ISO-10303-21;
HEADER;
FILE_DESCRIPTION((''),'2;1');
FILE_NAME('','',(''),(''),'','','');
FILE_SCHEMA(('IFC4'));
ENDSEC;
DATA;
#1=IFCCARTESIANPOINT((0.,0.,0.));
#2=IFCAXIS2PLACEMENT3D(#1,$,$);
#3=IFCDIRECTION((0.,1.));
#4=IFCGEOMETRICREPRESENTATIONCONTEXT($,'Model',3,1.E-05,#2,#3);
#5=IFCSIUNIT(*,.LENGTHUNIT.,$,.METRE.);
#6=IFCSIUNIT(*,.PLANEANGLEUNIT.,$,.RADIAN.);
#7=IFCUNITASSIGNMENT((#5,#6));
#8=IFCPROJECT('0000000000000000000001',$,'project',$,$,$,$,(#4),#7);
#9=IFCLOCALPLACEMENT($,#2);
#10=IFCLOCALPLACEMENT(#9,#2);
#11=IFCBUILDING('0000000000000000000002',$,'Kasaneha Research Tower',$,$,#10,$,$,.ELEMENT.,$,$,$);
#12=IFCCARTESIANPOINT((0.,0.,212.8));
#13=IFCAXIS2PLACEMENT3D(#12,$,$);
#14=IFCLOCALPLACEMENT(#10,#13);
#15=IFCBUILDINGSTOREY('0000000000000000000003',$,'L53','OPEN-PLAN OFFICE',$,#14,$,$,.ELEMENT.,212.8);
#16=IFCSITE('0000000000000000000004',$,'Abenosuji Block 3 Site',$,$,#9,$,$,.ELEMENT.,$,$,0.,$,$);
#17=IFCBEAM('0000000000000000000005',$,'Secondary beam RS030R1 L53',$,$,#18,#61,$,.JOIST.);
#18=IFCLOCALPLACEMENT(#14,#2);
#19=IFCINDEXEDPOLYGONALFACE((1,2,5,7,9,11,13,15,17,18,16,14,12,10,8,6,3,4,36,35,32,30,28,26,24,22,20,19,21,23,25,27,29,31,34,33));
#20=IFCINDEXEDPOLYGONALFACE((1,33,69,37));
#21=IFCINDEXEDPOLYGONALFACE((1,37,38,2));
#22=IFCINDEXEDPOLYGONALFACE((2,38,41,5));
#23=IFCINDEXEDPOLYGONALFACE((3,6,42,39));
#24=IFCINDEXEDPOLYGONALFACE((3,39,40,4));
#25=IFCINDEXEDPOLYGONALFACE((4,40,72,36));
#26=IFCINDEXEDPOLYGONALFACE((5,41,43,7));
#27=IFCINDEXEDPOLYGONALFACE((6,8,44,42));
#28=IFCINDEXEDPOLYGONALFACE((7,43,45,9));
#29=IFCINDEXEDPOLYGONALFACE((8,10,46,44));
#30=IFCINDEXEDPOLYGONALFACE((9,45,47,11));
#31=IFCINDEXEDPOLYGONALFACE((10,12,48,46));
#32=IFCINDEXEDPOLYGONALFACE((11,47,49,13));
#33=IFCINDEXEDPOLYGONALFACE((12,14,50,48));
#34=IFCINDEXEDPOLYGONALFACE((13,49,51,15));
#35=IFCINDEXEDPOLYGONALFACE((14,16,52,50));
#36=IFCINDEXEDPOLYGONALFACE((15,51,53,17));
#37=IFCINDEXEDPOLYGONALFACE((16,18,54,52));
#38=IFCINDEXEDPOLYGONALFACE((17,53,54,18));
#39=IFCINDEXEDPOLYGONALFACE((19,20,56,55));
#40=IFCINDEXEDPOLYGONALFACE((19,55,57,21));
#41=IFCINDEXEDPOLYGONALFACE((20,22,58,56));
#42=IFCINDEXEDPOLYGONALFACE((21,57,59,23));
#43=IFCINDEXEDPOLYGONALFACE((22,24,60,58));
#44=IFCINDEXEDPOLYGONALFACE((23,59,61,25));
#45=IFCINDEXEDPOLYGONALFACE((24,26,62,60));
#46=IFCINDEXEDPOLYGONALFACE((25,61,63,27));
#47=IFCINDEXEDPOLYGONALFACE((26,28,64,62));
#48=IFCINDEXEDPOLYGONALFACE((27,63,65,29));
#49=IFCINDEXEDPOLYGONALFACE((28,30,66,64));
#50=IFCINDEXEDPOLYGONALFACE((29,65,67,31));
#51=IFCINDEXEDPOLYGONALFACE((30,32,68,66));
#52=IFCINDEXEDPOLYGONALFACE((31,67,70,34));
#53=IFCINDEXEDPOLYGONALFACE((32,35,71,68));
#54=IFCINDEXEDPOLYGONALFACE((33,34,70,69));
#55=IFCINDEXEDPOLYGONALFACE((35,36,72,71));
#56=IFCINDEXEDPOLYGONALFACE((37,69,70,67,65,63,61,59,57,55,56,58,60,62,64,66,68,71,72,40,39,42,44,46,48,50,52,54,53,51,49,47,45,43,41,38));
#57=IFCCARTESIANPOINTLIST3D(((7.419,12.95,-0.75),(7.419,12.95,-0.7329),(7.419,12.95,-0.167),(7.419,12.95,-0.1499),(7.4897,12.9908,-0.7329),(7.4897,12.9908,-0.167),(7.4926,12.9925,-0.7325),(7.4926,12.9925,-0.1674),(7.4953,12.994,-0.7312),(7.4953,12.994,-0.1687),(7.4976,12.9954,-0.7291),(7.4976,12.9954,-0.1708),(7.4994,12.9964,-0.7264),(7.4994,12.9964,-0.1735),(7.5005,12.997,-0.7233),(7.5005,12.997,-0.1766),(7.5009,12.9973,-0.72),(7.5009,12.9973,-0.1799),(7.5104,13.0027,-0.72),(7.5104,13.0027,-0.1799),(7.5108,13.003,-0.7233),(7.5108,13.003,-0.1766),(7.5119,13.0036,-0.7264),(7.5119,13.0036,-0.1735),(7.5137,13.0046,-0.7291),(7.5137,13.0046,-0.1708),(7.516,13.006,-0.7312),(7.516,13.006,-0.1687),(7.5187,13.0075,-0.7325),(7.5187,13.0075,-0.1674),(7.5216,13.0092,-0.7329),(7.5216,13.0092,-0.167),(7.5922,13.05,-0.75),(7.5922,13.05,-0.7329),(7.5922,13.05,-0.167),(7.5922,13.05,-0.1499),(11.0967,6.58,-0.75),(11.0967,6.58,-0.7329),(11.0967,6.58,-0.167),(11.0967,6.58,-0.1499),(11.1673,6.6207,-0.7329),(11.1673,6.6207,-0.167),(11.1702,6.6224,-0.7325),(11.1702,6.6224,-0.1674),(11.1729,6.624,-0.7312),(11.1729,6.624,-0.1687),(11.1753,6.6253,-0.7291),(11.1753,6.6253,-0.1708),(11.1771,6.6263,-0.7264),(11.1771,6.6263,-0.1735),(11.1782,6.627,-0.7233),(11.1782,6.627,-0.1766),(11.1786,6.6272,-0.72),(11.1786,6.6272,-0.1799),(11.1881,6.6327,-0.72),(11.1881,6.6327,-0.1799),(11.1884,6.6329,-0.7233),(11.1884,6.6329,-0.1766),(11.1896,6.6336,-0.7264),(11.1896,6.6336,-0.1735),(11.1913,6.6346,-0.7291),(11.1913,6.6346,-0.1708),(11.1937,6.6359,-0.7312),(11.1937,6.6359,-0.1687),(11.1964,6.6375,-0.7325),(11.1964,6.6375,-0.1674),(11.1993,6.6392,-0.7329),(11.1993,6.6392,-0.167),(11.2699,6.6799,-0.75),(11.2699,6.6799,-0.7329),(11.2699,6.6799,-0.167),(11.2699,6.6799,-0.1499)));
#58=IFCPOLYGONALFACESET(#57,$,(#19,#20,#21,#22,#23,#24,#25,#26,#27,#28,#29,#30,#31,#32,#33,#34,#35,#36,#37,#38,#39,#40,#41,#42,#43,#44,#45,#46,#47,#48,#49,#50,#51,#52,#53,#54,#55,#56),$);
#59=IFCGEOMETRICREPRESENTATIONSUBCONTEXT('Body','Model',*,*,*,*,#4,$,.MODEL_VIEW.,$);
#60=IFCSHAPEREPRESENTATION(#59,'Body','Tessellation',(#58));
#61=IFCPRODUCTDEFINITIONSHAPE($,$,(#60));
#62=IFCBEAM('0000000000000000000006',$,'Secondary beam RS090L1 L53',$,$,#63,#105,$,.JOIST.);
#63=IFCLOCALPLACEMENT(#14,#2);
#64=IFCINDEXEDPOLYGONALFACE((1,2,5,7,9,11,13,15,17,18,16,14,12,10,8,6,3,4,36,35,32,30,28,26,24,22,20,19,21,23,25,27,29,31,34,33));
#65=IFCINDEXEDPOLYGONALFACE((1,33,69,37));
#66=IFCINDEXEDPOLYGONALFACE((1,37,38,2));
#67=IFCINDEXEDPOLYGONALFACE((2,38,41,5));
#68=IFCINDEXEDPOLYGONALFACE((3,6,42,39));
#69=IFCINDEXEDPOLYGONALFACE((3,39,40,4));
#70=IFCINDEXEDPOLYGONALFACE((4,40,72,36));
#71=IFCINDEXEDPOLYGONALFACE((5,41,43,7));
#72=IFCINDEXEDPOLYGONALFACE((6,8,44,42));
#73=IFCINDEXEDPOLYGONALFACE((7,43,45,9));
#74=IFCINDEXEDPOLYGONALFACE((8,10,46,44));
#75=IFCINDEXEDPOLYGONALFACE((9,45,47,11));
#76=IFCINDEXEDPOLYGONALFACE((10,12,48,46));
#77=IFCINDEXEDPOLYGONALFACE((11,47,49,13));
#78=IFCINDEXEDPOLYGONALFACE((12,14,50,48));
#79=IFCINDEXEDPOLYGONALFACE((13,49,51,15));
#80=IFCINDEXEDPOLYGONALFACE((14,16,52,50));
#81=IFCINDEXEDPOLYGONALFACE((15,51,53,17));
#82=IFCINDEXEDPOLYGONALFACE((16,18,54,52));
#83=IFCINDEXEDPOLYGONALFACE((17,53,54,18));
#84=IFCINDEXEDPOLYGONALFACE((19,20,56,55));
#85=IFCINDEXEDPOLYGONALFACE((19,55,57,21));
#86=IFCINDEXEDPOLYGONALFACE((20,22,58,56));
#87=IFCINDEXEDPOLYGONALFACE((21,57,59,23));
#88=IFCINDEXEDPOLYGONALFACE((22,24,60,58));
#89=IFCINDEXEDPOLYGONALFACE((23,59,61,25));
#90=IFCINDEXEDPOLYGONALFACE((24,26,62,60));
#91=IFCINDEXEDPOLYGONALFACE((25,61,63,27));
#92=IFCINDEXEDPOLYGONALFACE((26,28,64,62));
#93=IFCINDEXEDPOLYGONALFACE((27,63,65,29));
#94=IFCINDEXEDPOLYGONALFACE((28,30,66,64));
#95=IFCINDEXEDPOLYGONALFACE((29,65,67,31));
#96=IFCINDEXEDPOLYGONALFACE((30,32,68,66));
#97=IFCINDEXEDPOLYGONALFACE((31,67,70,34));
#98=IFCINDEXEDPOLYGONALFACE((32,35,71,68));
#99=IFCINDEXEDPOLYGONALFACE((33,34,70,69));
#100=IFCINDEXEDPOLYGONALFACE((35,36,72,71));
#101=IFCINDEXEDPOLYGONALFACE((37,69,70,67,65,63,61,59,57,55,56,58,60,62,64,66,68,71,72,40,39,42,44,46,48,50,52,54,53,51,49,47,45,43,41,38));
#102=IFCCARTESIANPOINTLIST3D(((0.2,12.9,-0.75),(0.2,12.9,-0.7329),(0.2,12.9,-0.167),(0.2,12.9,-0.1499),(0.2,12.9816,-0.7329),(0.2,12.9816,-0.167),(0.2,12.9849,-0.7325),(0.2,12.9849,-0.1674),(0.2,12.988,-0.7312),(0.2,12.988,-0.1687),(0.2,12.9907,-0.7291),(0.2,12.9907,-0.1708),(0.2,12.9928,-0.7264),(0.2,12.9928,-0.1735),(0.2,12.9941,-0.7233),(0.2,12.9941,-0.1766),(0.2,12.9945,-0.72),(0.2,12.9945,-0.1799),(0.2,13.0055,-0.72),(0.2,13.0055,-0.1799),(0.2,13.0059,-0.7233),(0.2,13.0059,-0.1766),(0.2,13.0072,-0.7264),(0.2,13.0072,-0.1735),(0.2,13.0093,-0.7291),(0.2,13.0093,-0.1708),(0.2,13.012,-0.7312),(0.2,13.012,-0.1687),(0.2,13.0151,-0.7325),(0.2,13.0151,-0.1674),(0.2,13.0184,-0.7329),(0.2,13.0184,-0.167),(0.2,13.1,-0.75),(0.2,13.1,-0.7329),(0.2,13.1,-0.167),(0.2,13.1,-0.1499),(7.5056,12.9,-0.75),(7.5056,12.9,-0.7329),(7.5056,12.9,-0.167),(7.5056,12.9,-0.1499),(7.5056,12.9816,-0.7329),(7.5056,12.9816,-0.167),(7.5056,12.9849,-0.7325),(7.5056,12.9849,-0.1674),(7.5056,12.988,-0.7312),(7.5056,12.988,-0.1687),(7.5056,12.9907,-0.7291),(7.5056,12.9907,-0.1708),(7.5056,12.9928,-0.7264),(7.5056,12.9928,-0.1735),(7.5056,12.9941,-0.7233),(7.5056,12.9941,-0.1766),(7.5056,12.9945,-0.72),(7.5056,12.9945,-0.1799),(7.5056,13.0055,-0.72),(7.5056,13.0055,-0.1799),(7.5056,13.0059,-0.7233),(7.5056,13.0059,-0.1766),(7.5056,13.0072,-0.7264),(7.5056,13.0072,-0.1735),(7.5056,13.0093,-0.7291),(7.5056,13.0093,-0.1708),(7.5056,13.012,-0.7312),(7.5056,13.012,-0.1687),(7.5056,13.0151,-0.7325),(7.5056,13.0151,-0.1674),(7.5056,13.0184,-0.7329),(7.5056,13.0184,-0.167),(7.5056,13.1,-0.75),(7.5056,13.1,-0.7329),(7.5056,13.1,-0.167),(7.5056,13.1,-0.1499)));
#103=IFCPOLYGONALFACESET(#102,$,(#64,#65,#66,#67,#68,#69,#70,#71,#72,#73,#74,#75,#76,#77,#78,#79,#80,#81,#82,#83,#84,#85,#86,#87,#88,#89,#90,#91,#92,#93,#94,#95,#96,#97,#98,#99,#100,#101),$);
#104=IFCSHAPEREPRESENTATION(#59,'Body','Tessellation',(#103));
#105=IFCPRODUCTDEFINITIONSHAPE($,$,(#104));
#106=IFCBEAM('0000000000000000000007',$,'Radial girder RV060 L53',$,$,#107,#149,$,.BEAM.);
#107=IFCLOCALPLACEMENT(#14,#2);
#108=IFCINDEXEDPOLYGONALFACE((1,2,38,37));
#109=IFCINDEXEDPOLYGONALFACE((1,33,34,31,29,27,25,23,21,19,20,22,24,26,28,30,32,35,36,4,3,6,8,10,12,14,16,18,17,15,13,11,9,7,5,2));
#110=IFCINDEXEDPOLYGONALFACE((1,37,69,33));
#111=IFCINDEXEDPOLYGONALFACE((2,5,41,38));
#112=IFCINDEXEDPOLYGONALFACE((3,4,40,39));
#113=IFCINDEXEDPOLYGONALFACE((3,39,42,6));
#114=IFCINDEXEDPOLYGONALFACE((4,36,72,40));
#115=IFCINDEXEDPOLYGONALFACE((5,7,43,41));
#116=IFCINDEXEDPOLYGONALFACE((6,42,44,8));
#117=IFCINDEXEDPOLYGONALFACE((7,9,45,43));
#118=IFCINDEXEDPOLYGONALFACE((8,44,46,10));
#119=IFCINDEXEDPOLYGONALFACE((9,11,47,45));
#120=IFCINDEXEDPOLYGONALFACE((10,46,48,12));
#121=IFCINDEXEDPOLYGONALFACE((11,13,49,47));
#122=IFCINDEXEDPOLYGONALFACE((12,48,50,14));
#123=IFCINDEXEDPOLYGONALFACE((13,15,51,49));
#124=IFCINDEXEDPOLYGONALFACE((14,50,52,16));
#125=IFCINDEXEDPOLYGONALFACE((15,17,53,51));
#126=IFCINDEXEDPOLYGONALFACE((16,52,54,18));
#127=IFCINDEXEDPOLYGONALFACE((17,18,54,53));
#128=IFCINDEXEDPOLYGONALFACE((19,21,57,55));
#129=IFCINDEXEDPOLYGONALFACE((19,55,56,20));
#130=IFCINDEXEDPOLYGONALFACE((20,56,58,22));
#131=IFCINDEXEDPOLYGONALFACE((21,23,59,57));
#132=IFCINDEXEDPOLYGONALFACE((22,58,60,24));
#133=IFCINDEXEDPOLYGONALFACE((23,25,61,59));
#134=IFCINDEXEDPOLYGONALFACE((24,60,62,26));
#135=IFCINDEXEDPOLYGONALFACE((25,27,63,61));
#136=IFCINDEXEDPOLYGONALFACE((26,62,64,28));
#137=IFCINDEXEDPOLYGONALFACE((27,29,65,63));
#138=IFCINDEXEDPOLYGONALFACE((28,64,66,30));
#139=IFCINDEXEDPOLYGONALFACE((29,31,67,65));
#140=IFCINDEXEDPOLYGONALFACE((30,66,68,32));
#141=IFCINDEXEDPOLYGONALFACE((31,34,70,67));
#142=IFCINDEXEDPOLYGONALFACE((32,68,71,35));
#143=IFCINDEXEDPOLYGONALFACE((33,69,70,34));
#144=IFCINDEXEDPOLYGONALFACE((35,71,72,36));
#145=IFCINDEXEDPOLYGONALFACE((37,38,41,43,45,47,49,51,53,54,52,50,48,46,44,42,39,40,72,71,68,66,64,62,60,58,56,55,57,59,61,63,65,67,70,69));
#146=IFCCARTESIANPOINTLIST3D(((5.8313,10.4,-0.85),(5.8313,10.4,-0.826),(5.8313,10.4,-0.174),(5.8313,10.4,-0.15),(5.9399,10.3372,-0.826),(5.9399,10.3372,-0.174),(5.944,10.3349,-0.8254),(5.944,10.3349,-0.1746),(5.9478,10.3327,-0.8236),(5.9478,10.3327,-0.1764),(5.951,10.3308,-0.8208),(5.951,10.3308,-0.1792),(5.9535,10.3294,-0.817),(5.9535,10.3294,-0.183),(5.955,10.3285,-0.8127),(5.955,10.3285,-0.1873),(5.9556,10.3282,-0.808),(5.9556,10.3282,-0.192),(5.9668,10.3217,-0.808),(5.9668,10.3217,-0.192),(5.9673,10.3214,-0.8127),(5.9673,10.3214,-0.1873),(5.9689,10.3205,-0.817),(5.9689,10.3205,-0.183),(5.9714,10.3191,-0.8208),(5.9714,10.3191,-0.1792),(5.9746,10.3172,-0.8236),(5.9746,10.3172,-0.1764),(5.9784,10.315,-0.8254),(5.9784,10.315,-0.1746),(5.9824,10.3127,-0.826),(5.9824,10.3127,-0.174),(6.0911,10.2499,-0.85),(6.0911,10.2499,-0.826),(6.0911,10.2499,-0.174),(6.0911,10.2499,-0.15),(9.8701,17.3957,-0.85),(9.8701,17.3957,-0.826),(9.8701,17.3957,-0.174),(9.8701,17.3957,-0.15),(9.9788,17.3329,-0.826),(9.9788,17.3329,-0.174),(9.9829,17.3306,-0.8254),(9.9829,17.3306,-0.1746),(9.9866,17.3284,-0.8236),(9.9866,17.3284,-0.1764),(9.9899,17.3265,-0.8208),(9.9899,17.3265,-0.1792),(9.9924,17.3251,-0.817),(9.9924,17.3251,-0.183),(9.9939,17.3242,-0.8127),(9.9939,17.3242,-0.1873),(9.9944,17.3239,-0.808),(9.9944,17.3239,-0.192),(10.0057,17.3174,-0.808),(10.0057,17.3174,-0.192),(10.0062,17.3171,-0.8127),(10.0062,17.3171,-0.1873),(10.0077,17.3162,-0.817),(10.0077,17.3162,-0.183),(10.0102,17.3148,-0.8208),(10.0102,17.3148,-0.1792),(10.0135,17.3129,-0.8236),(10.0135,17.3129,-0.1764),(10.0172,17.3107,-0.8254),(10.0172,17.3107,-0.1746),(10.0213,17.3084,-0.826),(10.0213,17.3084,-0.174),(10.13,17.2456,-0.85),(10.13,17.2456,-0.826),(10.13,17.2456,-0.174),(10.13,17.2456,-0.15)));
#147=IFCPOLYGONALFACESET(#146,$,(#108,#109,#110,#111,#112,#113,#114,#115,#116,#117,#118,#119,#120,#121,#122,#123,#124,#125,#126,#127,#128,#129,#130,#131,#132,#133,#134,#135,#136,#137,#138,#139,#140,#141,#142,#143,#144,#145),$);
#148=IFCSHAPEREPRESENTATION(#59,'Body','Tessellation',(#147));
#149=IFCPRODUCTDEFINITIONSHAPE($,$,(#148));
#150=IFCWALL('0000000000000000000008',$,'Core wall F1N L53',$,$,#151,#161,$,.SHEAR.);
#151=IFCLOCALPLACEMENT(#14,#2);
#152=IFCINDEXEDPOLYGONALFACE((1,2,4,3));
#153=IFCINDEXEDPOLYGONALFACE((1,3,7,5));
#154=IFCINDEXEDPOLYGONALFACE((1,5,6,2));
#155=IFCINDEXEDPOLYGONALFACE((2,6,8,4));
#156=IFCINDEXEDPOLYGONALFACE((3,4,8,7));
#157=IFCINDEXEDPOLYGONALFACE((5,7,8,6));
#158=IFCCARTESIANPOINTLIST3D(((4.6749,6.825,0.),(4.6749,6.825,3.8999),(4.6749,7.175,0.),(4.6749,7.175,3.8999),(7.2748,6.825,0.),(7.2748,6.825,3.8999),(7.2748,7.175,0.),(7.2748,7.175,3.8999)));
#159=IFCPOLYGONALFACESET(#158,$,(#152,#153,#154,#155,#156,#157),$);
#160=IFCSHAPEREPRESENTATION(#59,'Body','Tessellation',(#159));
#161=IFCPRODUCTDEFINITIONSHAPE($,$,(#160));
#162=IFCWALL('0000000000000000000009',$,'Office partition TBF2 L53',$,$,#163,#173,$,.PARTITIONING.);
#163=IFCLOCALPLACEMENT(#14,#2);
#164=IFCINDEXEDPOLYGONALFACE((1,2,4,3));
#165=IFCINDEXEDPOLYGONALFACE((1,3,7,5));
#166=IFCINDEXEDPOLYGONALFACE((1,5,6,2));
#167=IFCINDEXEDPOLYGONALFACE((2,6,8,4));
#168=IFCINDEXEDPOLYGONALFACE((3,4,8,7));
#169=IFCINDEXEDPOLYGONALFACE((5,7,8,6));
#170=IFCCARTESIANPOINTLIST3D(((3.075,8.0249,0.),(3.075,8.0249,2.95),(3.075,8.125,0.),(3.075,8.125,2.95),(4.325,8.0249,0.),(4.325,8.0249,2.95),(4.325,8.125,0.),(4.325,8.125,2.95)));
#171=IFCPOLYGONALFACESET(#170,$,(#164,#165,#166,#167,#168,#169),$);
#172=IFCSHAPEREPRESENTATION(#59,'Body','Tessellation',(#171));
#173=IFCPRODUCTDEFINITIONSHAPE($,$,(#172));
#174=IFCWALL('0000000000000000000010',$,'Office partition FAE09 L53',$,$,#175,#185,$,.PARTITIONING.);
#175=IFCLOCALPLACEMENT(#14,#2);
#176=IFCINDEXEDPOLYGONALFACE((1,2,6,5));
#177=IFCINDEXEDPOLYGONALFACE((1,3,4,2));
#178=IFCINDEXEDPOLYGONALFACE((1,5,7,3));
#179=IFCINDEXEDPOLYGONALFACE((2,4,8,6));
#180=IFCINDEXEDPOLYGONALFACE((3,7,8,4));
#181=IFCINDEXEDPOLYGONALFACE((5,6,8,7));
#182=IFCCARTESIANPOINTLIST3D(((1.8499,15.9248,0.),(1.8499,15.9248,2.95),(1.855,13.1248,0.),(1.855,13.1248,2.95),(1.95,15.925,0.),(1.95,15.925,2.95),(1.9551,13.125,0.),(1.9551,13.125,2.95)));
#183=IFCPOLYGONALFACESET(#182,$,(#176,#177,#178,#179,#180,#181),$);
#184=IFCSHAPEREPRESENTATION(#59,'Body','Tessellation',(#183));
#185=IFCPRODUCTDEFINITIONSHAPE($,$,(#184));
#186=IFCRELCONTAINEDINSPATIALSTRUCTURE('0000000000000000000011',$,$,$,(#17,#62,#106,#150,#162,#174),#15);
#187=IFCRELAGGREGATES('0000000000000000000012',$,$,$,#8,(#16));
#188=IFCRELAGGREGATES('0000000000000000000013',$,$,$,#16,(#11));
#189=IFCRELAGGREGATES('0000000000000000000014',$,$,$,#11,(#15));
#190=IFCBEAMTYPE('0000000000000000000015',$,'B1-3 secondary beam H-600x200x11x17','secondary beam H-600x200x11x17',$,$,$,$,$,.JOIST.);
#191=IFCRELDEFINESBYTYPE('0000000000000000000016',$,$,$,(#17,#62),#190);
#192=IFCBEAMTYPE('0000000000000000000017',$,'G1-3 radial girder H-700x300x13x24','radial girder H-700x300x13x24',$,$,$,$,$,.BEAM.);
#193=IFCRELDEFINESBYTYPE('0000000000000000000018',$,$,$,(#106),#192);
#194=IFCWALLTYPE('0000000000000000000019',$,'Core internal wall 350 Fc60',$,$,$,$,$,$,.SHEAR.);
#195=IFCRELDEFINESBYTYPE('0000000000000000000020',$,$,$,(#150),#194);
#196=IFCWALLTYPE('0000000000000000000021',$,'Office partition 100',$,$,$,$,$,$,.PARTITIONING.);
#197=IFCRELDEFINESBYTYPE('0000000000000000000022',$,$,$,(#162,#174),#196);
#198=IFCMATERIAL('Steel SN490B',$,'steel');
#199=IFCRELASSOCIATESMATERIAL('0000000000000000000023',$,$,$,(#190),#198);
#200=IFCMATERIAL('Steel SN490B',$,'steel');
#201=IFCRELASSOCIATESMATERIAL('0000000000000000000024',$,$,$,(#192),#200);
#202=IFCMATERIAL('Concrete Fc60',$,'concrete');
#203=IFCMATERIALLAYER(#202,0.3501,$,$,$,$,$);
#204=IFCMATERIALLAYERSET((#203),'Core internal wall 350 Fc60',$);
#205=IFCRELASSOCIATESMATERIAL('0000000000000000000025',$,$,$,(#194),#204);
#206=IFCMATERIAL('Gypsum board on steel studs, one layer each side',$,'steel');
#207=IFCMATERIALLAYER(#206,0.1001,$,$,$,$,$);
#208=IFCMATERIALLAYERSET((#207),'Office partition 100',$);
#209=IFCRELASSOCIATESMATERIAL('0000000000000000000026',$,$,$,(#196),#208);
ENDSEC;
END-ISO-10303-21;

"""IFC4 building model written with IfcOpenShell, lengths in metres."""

from ifc_helpers import new_model, si_unit, direction, frame, frame_2d, origin, origin_2d, place, context, subcontext, project, spatial, rectangle, i_section, extrude, material, layer, layer_set, material_profile, profile_set, type_object, element, save


model = new_model("IFC4")

# Units and contexts
model_context = context("Model", 3, precision=1e-05, world=origin(), true_north=direction((0.0, 1.0)))
body_context = subcontext(model_context, "Body", "Model", "MODEL_VIEW")
ifc_project = project(units=[si_unit("LENGTHUNIT", "METRE"), si_unit("PLANEANGLEUNIT", "RADIAN")], contexts=[model_context])

# Site, building, storey
site_placement = place(None, origin())
site = spatial("IfcSite", under=ifc_project, at=site_placement, Name="Abenosuji Block 3 Site", CompositionType="ELEMENT", RefElevation=0.0)
building_placement = place(site_placement, origin())
building = spatial("IfcBuilding", under=site, at=building_placement, Name="Kasaneha Research Tower", CompositionType="ELEMENT")
storey_placement = place(building_placement, frame((0.0, 0.0, 212.8)))
storey = spatial("IfcBuildingStorey", under=building, at=storey_placement, Name="L53", Description="OPEN-PLAN OFFICE", CompositionType="ELEMENT", Elevation=212.8)

# Beams
ifc_material_1 = material(Name="Steel SN490B", Category="steel")
ifc_material_profile_1 = material_profile(ifc_material_1, i_section(OverallWidth=0.2, OverallDepth=0.6001, WebThickness=0.011, FlangeThickness=0.0171, FilletRadius=0.0129, at=origin_2d()), Name="H-600x200x11x17")
ifc_profile_set_1 = profile_set([ifc_material_profile_1], Name="Steel SN490B")
beam_type_1 = type_object("IfcBeamType", Name="B1-3 secondary beam H-600x200x11x17", Description="secondary beam H-600x200x11x17", PredefinedType="JOIST", material=ifc_profile_set_1)
beam_1_placement = place(storey_placement, frame((7.5056, 13.0, -0.45), z_axis=(0.499994, -0.866029, 0.0), x_axis=(0.866029, 0.499994, 0.0)))
element("IfcBeam", 1, at=beam_1_placement, inside=storey, type_object=beam_type_1, Name="Secondary beam RS030R1 L53", PredefinedType="JOIST", context=body_context, shape_type="SweptSolid", body=[
    extrude(i_section(OverallWidth=0.2, OverallDepth=0.6001, WebThickness=0.011, FlangeThickness=0.0171, FilletRadius=0.0129, at=origin_2d()), origin(), (0.0, 0.0, 1.0), 7.3555),
])
beam_2_placement = place(storey_placement, frame((7.5056, 13.0, -0.45), z_axis=(-1.0, 0.0, 0.0), x_axis=(0.0, -1.0, 0.0)))
element("IfcBeam", 2, at=beam_2_placement, inside=storey, type_object=beam_type_1, Name="Secondary beam RS090L1 L53", PredefinedType="JOIST", context=body_context, shape_type="SweptSolid", body=[
    extrude(i_section(OverallWidth=0.2, OverallDepth=0.6001, WebThickness=0.011, FlangeThickness=0.0171, FilletRadius=0.0129, at=origin_2d()), origin(), (0.0, 0.0, 1.0), 7.3057),
])
ifc_material_2 = material(Name="Steel SN490B", Category="steel")
ifc_material_profile_2 = material_profile(ifc_material_2, i_section(OverallWidth=0.3, OverallDepth=0.7, WebThickness=0.0129, FlangeThickness=0.0239, FilletRadius=0.0181, at=origin_2d()), Name="H-700x300x13x24")
ifc_profile_set_2 = profile_set([ifc_material_profile_2], Name="Steel SN490B")
beam_type_2 = type_object("IfcBeamType", Name="G1-3 radial girder H-700x300x13x24", Description="radial girder H-700x300x13x24", PredefinedType="BEAM", material=ifc_profile_set_2)
beam_3_placement = place(storey_placement, frame((5.9612, 10.325, -0.5), z_axis=(0.499991, 0.866031, 0.0), x_axis=(-0.866031, 0.499991, 0.0)))
element("IfcBeam", 3, at=beam_3_placement, inside=storey, type_object=beam_type_2, Name="Radial girder RV060 L53", PredefinedType="BEAM", context=body_context, shape_type="SweptSolid", body=[
    extrude(i_section(OverallWidth=0.3, OverallDepth=0.7, WebThickness=0.0129, FlangeThickness=0.0239, FilletRadius=0.0181, at=origin_2d()), origin(), (0.0, 0.0, 1.0), 8.0779),
])

# Wall
ifc_material_3 = material(Name="Concrete Fc60", Category="concrete")
ifc_layer_1 = layer(ifc_material_3, 0.3501)
ifc_layer_set_1 = layer_set([ifc_layer_1], Name="Core internal wall 350 Fc60")
wall_type_1 = type_object("IfcWallType", Name="Core internal wall 350 Fc60", PredefinedType="SHEAR", material=ifc_layer_set_1)
wall_1_placement = place(storey_placement, frame((4.675, 7.0, 0.0), z_axis=(0.0, 0.0, 1.0), x_axis=(1.0, 0.0, 0.0)))
element("IfcWall", 4, at=wall_1_placement, inside=storey, type_object=wall_type_1, Name="Core wall F1N L53", PredefinedType="SHEAR", context=body_context, shape_type="SweptSolid", body=[
    extrude(rectangle(XDim=2.5999, YDim=0.3501, at=frame_2d((1.2998, 0.0))), origin(), (0.0, 0.0, 1.0), 3.8999),
])

# Walls
ifc_material_4 = material(Name="Gypsum board on steel studs, one layer each side", Category="steel")
ifc_layer_2 = layer(ifc_material_4, 0.1001)
ifc_layer_set_2 = layer_set([ifc_layer_2], Name="Office partition 100")
wall_type_2 = type_object("IfcWallType", Name="Office partition 100", PredefinedType="PARTITIONING", material=ifc_layer_set_2)
wall_2_placement = place(storey_placement, frame((3.075, 8.075, 0.0), z_axis=(0.0, 0.0, 1.0), x_axis=(1.0, 0.0, 0.0)))
element("IfcWall", 5, at=wall_2_placement, inside=storey, type_object=wall_type_2, Name="Office partition TBF2 L53", PredefinedType="PARTITIONING", context=body_context, shape_type="SweptSolid", body=[
    extrude(rectangle(XDim=1.25, YDim=0.1001, at=frame_2d((0.625, 0.0))), origin(), (0.0, 0.0, 1.0), 2.95),
])
for number, where, z_axis, x_axis, name in (
    (6, (1.905, 13.125, 0.0), (0.0, 0.0, 1.0), (-0.001831, 0.999998, 0.0), "Office partition FAE09 L53"),
):
    element("IfcWall", number, at=place(storey_placement, frame(where, z_axis=z_axis, x_axis=x_axis)), inside=storey, type_object=wall_type_2, Name=name, PredefinedType="PARTITIONING", context=body_context, shape_type="SweptSolid", body=[
        extrude(rectangle(XDim=2.8, YDim=0.1001, at=frame_2d((1.3999, 0.0))), origin(), (0.0, 0.0, 1.0), 2.95),
    ])

save(model, "model.ifc")
